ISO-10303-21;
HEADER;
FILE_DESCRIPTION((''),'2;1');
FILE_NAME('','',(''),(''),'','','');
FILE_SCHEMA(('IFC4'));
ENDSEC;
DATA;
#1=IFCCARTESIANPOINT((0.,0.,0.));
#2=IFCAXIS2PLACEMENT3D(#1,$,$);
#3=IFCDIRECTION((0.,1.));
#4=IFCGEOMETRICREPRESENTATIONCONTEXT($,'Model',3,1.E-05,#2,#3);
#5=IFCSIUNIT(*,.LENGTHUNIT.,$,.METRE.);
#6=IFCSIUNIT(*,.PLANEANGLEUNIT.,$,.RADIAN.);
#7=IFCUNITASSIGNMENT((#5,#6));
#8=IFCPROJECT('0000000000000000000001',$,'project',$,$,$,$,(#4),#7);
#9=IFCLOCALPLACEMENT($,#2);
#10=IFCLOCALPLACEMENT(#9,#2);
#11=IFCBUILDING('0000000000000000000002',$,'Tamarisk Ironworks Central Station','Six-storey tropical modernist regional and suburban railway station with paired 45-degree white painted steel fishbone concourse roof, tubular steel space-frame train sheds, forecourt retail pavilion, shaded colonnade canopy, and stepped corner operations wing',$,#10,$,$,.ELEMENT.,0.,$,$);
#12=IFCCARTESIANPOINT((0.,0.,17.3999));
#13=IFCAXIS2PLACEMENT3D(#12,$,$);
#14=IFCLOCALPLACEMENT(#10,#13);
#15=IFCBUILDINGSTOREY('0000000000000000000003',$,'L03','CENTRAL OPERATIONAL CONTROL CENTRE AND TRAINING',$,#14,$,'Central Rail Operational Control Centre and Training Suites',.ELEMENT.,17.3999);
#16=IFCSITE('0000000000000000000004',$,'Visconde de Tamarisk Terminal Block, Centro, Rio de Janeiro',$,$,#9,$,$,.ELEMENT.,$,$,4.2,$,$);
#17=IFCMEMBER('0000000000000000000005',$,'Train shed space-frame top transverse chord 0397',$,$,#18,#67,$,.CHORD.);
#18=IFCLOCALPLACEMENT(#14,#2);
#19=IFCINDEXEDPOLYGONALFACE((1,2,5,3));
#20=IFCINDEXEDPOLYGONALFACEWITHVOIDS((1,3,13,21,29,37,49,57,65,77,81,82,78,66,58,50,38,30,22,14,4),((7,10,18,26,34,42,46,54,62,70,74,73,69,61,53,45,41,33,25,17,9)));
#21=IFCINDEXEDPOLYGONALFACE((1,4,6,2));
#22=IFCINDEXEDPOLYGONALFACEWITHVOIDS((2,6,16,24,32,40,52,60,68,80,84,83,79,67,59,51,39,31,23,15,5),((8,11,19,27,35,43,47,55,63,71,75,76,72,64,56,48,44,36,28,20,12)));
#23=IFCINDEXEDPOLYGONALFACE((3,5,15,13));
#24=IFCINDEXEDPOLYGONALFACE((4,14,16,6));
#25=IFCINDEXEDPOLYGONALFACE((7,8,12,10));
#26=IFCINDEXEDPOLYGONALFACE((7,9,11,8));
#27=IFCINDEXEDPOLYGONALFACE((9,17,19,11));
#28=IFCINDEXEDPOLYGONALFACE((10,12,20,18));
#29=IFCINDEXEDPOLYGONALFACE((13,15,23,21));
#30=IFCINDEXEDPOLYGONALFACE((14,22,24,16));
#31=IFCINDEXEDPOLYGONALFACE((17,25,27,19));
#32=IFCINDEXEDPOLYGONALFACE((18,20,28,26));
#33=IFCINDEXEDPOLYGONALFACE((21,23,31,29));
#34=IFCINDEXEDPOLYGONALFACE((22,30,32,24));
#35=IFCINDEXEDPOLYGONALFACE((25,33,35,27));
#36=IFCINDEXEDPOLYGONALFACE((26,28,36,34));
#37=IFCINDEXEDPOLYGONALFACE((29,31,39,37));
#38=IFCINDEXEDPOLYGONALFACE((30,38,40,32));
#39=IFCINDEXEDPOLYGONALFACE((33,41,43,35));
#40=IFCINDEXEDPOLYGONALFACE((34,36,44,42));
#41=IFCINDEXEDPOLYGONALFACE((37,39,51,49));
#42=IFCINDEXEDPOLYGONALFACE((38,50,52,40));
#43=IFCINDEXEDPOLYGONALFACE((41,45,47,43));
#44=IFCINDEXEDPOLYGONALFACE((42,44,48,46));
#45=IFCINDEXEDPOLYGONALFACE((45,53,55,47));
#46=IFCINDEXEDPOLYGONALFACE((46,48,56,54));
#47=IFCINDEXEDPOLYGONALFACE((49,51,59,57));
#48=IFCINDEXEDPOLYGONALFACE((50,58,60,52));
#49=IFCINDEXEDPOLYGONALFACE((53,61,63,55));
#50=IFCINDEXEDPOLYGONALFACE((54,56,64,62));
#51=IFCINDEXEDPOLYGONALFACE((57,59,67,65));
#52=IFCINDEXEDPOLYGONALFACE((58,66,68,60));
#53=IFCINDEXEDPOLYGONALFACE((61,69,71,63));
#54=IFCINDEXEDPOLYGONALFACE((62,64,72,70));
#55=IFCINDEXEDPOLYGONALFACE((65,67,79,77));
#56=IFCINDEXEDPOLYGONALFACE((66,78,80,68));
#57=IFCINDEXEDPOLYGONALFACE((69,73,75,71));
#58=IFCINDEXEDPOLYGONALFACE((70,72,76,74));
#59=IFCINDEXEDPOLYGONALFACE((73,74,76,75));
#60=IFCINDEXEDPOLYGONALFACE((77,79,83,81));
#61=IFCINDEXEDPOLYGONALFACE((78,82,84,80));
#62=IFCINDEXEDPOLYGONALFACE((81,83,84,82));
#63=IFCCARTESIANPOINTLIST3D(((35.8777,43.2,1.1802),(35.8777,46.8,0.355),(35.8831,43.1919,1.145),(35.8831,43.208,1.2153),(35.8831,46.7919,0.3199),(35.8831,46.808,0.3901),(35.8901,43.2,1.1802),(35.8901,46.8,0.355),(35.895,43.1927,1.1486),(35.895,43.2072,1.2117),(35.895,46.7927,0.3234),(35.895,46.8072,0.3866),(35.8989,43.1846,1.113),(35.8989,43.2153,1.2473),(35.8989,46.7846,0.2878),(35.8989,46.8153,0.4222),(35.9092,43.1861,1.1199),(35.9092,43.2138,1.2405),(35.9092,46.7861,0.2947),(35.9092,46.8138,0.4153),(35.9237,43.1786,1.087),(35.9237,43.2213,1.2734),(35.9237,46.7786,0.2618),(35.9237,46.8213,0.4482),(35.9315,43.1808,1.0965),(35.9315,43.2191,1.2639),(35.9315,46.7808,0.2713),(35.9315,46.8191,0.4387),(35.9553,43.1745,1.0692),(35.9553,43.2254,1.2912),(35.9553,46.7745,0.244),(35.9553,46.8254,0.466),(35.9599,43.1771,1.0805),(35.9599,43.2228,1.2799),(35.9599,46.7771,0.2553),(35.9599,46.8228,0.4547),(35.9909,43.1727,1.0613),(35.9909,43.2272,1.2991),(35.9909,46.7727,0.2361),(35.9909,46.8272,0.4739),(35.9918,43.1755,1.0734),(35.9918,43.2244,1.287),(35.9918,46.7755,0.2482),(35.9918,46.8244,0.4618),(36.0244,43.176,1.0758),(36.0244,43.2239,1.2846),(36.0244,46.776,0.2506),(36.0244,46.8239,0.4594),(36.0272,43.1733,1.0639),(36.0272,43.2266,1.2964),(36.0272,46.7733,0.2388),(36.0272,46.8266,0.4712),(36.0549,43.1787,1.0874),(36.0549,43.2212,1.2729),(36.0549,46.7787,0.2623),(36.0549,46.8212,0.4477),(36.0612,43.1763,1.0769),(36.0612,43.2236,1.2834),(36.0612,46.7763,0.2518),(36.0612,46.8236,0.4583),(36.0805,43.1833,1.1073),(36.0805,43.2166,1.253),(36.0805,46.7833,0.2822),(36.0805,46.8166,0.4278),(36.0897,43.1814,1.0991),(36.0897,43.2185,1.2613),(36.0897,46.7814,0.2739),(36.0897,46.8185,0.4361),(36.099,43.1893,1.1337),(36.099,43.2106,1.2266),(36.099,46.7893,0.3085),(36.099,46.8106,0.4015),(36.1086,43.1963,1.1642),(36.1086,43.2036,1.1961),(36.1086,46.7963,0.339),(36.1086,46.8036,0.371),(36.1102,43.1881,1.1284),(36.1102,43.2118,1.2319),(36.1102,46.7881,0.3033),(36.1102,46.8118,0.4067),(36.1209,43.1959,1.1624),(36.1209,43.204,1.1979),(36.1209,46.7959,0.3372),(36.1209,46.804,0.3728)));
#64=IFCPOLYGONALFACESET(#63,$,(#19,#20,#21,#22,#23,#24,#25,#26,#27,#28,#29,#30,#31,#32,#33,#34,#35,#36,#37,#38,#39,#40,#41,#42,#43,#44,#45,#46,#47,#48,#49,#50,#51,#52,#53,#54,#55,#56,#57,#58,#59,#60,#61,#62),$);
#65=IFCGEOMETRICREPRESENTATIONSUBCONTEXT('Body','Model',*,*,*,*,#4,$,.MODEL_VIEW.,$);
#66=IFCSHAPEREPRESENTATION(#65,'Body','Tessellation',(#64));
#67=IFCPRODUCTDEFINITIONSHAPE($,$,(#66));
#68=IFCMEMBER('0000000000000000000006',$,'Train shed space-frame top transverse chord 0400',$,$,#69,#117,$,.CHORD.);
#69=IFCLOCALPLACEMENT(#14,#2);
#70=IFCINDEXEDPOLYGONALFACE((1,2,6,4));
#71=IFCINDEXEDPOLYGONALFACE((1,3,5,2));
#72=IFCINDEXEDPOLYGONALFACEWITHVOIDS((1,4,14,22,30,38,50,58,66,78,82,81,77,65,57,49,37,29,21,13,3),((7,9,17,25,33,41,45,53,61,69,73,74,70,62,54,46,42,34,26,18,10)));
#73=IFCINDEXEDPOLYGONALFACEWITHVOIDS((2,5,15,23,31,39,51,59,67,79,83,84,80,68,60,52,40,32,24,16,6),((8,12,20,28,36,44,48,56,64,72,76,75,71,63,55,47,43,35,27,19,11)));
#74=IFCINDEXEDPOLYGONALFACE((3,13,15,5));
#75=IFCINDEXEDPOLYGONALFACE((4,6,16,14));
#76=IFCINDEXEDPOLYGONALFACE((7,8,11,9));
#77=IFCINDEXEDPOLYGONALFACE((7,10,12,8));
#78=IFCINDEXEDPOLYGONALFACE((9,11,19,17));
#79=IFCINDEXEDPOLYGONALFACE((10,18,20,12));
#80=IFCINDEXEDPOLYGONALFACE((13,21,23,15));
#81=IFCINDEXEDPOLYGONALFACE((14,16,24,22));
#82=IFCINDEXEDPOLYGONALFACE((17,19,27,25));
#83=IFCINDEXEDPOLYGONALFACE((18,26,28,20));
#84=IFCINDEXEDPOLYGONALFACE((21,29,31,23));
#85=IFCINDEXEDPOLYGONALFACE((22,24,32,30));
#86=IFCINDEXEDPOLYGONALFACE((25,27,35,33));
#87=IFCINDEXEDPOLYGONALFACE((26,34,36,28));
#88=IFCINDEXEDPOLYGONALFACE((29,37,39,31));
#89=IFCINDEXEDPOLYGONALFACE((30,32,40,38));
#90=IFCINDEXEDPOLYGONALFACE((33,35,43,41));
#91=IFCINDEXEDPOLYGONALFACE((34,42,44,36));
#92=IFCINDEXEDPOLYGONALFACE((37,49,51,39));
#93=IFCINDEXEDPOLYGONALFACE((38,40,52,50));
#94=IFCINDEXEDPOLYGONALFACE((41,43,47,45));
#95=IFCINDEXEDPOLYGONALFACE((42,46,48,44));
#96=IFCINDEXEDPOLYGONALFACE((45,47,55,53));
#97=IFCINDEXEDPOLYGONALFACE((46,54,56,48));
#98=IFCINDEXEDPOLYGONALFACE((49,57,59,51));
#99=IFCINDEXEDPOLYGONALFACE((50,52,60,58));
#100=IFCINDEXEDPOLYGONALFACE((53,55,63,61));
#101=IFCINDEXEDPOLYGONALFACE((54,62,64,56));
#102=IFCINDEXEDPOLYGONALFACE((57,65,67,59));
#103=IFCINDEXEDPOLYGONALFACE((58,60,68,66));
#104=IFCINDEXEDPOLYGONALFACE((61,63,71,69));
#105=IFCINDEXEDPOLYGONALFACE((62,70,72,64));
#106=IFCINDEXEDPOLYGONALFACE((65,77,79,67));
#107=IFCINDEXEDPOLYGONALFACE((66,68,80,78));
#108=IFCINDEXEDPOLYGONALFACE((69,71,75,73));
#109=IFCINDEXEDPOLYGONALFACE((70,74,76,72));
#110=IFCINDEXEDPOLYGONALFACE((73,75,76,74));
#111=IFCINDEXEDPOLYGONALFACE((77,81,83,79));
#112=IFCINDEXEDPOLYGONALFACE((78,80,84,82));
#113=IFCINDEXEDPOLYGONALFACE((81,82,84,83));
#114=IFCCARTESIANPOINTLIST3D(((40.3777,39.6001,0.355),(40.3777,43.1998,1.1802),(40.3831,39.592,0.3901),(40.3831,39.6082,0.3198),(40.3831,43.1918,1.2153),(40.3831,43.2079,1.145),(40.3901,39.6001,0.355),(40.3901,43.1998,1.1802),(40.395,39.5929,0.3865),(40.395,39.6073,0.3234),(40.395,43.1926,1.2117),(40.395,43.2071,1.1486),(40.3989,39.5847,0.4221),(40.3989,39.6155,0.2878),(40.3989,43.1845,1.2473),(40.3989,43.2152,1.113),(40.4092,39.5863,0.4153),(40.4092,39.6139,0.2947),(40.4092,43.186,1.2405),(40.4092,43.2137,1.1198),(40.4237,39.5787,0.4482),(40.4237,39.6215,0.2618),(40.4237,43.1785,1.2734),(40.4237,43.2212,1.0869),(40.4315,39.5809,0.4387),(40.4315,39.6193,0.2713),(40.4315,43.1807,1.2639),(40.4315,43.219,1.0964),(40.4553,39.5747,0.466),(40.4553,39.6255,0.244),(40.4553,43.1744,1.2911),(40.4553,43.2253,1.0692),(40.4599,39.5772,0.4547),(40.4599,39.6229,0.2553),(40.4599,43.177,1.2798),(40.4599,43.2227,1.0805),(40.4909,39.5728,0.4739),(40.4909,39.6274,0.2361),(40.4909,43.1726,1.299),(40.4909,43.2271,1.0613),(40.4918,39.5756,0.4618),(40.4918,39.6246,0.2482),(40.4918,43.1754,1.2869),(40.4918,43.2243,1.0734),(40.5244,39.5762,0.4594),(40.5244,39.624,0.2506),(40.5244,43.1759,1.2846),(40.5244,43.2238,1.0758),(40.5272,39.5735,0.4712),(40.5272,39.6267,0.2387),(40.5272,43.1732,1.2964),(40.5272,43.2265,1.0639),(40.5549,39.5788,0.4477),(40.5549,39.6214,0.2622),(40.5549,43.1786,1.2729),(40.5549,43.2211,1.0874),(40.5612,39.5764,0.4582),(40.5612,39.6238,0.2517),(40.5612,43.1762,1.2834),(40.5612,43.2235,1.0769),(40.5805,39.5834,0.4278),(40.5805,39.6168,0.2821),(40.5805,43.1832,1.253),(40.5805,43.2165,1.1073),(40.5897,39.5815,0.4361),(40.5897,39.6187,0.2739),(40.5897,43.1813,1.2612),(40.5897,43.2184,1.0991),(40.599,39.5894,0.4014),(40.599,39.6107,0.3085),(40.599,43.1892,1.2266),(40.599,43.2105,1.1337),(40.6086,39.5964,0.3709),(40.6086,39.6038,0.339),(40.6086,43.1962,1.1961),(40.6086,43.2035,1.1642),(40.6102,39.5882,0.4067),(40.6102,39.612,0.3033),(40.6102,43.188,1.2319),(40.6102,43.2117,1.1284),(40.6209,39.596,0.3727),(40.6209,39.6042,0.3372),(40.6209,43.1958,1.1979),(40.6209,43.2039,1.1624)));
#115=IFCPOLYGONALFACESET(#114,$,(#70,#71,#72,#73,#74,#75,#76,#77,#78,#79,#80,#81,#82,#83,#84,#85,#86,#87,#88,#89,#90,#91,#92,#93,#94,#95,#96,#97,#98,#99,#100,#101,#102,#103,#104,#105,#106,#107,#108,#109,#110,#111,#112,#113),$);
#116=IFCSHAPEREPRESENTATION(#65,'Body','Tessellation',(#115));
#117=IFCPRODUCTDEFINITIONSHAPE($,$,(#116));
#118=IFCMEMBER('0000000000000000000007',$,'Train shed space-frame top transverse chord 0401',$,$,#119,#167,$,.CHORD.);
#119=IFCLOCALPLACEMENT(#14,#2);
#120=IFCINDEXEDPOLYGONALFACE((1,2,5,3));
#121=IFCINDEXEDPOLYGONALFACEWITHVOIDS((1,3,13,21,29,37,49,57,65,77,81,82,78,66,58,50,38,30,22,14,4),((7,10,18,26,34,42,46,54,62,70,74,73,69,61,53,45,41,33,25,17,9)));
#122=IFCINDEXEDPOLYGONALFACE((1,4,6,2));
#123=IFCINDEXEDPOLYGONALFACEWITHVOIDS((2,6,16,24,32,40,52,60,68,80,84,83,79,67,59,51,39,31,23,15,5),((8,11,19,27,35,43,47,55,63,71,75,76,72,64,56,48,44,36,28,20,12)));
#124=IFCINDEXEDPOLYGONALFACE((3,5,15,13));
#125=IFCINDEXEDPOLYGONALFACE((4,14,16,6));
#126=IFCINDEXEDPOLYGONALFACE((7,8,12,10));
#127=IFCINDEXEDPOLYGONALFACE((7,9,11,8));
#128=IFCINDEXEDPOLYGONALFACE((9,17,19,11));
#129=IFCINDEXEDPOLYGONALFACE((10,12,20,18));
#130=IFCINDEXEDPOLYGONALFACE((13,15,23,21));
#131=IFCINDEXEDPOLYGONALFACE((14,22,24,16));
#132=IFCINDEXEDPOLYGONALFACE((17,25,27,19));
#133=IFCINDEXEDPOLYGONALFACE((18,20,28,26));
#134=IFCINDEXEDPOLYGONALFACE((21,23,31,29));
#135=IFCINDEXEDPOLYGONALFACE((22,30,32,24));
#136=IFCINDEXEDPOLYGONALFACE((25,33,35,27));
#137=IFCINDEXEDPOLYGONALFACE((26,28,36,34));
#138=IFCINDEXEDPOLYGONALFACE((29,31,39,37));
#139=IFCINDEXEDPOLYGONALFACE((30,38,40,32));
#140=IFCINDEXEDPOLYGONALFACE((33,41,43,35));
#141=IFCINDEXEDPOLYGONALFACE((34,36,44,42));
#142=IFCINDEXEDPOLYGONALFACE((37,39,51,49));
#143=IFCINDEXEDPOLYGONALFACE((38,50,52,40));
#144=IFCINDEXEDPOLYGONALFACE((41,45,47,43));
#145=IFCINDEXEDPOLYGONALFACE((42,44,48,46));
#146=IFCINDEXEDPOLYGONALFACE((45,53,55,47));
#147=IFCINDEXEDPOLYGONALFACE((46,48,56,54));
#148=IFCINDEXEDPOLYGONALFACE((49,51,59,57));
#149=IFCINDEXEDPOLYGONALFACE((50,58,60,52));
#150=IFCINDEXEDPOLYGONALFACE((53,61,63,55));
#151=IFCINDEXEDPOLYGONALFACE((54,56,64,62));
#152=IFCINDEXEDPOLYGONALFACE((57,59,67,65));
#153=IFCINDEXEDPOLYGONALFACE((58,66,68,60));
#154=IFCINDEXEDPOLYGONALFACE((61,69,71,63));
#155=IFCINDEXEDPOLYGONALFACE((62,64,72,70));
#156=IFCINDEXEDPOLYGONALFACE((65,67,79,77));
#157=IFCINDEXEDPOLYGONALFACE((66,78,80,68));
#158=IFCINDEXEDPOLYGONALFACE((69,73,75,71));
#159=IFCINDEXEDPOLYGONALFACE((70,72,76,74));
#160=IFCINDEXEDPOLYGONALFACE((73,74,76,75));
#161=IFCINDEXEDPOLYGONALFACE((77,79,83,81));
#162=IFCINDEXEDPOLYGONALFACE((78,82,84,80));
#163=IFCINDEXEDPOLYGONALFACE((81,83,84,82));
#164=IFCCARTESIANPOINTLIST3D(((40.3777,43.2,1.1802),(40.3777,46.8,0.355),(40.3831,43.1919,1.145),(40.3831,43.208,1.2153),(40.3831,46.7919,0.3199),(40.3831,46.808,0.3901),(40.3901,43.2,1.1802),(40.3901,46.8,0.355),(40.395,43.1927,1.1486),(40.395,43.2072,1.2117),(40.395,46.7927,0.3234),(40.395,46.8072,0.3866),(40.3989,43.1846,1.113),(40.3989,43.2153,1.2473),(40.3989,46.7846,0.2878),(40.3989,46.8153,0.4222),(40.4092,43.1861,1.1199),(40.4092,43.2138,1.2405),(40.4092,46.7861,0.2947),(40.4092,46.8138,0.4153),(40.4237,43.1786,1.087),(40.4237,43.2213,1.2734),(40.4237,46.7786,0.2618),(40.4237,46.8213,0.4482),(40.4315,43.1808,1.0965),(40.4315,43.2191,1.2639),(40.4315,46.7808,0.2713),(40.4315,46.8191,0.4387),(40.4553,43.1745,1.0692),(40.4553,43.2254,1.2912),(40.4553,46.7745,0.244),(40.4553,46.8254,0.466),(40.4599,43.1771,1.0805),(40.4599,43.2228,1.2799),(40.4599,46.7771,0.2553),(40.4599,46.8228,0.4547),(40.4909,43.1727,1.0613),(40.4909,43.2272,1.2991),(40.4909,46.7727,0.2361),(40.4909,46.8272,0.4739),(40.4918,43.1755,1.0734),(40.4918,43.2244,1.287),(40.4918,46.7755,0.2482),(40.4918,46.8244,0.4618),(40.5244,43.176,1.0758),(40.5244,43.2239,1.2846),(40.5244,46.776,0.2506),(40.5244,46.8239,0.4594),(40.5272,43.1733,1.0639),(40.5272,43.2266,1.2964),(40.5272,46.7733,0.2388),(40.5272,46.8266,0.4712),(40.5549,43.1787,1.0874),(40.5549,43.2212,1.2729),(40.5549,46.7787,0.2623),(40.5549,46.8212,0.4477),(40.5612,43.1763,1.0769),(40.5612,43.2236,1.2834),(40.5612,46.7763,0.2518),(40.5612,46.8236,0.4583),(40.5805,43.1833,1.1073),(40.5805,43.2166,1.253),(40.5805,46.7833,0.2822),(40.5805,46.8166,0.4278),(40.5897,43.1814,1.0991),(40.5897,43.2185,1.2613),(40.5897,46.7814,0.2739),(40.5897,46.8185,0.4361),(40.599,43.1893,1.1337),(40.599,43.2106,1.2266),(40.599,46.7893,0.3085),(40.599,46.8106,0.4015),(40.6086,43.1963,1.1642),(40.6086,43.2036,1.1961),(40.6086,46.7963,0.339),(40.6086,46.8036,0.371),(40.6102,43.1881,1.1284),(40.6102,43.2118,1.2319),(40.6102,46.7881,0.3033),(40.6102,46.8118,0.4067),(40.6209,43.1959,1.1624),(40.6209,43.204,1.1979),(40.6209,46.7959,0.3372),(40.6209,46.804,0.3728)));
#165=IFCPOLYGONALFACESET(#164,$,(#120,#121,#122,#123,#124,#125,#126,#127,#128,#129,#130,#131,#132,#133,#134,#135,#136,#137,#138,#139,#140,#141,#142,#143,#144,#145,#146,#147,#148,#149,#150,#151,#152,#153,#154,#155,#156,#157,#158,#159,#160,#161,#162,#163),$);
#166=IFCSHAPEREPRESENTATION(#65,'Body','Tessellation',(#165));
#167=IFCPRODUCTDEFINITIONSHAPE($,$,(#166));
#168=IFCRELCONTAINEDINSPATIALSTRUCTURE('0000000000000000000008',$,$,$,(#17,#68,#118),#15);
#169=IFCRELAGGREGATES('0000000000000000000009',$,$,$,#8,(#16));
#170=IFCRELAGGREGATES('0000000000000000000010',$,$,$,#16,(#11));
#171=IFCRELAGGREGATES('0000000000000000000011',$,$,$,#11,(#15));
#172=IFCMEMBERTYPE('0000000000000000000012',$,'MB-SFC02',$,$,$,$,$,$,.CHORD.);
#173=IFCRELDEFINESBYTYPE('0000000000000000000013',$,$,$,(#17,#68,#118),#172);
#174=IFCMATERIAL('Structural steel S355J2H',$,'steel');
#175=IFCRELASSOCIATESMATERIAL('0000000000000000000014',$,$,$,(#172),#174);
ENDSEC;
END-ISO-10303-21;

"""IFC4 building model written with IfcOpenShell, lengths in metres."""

from ifc_helpers import new_model, si_unit, direction, frame, origin, origin_2d, place, context, subcontext, project, spatial, hollow_circle, extrude, material, material_profile, profile_set, type_object, element, save


model = new_model("IFC4")

# Units and contexts
model_context = context("Model", 3, precision=1e-05, world=origin(), true_north=direction((0.0, 1.0)))
body_context = subcontext(model_context, "Body", "Model", "MODEL_VIEW")
ifc_project = project(units=[si_unit("LENGTHUNIT", "METRE"), si_unit("PLANEANGLEUNIT", "RADIAN")], contexts=[model_context])

# Site, building, storey
site_placement = place(None, origin())
site = spatial("IfcSite", under=ifc_project, at=site_placement, Name="Visconde de Tamarisk Terminal Block, Centro, Rio de Janeiro", CompositionType="ELEMENT", RefElevation=4.2)
building_placement = place(site_placement, origin())
building = spatial("IfcBuilding", under=site, at=building_placement, Name="Tamarisk Ironworks Central Station", Description="Six-storey tropical modernist regional and suburban railway station with paired 45-degree white painted steel fishbone concourse roof, tubular steel space-frame train sheds, forecourt retail pavilion, shaded colonnade canopy, and stepped corner operations wing", CompositionType="ELEMENT", ElevationOfRefHeight=0.0)
storey_placement = place(building_placement, frame((0.0, 0.0, 17.3999)))
storey = spatial("IfcBuildingStorey", under=building, at=storey_placement, Name="L03", Description="CENTRAL OPERATIONAL CONTROL CENTRE AND TRAINING", LongName="Central Rail Operational Control Centre and Training Suites", CompositionType="ELEMENT", Elevation=17.3999)

# Members
ifc_material = material(Name="Structural steel S355J2H", Category="steel")
ifc_material_profile_1 = material_profile(ifc_material, hollow_circle(Radius=0.1223, WallThickness=0.0125, at=origin_2d()), Name="CHS 244.5x12.5")
ifc_profile_set_1 = profile_set([ifc_material_profile_1], Name="Structural steel S355J2H")
member_type_1 = type_object("IfcMemberType", Name="MB-SFC02", PredefinedType="CHORD", material=ifc_profile_set_1)
member_1_placement = place(storey_placement, frame((36.0, 43.2, 1.1802), z_axis=(0.0, 0.974722, -0.223421), x_axis=(-1.0, 0.0, 0.0)))
element("IfcMember", 1, at=member_1_placement, inside=storey, type_object=member_type_1, Name="Train shed space-frame top transverse chord 0397", PredefinedType="CHORD", context=body_context, shape_type="SweptSolid", body=[
    extrude(hollow_circle(Radius=0.1223, WallThickness=0.0125, at=origin_2d()), origin(), (0.0, 0.0, 1.0), 3.6934),
])
member_2_placement = place(storey_placement, frame((40.5, 39.6001, 0.355), z_axis=(0.0, 0.974719, 0.223435), x_axis=(-1.0, 0.0, 0.0)))
element("IfcMember", 2, at=member_2_placement, inside=storey, type_object=member_type_1, Name="Train shed space-frame top transverse chord 0400", PredefinedType="CHORD", context=body_context, shape_type="SweptSolid", body=[
    extrude(hollow_circle(Radius=0.1223, WallThickness=0.0125, at=origin_2d()), origin(), (0.0, 0.0, 1.0), 3.6931),
])
member_3_placement = place(storey_placement, frame((40.5, 43.2, 1.1802), z_axis=(0.0, 0.974722, -0.223421), x_axis=(-1.0, 0.0, 0.0)))
element("IfcMember", 3, at=member_3_placement, inside=storey, type_object=member_type_1, Name="Train shed space-frame top transverse chord 0401", PredefinedType="CHORD", context=body_context, shape_type="SweptSolid", body=[
    extrude(hollow_circle(Radius=0.1223, WallThickness=0.0125, at=origin_2d()), origin(), (0.0, 0.0, 1.0), 3.6934),
])

save(model, "model.ifc")
